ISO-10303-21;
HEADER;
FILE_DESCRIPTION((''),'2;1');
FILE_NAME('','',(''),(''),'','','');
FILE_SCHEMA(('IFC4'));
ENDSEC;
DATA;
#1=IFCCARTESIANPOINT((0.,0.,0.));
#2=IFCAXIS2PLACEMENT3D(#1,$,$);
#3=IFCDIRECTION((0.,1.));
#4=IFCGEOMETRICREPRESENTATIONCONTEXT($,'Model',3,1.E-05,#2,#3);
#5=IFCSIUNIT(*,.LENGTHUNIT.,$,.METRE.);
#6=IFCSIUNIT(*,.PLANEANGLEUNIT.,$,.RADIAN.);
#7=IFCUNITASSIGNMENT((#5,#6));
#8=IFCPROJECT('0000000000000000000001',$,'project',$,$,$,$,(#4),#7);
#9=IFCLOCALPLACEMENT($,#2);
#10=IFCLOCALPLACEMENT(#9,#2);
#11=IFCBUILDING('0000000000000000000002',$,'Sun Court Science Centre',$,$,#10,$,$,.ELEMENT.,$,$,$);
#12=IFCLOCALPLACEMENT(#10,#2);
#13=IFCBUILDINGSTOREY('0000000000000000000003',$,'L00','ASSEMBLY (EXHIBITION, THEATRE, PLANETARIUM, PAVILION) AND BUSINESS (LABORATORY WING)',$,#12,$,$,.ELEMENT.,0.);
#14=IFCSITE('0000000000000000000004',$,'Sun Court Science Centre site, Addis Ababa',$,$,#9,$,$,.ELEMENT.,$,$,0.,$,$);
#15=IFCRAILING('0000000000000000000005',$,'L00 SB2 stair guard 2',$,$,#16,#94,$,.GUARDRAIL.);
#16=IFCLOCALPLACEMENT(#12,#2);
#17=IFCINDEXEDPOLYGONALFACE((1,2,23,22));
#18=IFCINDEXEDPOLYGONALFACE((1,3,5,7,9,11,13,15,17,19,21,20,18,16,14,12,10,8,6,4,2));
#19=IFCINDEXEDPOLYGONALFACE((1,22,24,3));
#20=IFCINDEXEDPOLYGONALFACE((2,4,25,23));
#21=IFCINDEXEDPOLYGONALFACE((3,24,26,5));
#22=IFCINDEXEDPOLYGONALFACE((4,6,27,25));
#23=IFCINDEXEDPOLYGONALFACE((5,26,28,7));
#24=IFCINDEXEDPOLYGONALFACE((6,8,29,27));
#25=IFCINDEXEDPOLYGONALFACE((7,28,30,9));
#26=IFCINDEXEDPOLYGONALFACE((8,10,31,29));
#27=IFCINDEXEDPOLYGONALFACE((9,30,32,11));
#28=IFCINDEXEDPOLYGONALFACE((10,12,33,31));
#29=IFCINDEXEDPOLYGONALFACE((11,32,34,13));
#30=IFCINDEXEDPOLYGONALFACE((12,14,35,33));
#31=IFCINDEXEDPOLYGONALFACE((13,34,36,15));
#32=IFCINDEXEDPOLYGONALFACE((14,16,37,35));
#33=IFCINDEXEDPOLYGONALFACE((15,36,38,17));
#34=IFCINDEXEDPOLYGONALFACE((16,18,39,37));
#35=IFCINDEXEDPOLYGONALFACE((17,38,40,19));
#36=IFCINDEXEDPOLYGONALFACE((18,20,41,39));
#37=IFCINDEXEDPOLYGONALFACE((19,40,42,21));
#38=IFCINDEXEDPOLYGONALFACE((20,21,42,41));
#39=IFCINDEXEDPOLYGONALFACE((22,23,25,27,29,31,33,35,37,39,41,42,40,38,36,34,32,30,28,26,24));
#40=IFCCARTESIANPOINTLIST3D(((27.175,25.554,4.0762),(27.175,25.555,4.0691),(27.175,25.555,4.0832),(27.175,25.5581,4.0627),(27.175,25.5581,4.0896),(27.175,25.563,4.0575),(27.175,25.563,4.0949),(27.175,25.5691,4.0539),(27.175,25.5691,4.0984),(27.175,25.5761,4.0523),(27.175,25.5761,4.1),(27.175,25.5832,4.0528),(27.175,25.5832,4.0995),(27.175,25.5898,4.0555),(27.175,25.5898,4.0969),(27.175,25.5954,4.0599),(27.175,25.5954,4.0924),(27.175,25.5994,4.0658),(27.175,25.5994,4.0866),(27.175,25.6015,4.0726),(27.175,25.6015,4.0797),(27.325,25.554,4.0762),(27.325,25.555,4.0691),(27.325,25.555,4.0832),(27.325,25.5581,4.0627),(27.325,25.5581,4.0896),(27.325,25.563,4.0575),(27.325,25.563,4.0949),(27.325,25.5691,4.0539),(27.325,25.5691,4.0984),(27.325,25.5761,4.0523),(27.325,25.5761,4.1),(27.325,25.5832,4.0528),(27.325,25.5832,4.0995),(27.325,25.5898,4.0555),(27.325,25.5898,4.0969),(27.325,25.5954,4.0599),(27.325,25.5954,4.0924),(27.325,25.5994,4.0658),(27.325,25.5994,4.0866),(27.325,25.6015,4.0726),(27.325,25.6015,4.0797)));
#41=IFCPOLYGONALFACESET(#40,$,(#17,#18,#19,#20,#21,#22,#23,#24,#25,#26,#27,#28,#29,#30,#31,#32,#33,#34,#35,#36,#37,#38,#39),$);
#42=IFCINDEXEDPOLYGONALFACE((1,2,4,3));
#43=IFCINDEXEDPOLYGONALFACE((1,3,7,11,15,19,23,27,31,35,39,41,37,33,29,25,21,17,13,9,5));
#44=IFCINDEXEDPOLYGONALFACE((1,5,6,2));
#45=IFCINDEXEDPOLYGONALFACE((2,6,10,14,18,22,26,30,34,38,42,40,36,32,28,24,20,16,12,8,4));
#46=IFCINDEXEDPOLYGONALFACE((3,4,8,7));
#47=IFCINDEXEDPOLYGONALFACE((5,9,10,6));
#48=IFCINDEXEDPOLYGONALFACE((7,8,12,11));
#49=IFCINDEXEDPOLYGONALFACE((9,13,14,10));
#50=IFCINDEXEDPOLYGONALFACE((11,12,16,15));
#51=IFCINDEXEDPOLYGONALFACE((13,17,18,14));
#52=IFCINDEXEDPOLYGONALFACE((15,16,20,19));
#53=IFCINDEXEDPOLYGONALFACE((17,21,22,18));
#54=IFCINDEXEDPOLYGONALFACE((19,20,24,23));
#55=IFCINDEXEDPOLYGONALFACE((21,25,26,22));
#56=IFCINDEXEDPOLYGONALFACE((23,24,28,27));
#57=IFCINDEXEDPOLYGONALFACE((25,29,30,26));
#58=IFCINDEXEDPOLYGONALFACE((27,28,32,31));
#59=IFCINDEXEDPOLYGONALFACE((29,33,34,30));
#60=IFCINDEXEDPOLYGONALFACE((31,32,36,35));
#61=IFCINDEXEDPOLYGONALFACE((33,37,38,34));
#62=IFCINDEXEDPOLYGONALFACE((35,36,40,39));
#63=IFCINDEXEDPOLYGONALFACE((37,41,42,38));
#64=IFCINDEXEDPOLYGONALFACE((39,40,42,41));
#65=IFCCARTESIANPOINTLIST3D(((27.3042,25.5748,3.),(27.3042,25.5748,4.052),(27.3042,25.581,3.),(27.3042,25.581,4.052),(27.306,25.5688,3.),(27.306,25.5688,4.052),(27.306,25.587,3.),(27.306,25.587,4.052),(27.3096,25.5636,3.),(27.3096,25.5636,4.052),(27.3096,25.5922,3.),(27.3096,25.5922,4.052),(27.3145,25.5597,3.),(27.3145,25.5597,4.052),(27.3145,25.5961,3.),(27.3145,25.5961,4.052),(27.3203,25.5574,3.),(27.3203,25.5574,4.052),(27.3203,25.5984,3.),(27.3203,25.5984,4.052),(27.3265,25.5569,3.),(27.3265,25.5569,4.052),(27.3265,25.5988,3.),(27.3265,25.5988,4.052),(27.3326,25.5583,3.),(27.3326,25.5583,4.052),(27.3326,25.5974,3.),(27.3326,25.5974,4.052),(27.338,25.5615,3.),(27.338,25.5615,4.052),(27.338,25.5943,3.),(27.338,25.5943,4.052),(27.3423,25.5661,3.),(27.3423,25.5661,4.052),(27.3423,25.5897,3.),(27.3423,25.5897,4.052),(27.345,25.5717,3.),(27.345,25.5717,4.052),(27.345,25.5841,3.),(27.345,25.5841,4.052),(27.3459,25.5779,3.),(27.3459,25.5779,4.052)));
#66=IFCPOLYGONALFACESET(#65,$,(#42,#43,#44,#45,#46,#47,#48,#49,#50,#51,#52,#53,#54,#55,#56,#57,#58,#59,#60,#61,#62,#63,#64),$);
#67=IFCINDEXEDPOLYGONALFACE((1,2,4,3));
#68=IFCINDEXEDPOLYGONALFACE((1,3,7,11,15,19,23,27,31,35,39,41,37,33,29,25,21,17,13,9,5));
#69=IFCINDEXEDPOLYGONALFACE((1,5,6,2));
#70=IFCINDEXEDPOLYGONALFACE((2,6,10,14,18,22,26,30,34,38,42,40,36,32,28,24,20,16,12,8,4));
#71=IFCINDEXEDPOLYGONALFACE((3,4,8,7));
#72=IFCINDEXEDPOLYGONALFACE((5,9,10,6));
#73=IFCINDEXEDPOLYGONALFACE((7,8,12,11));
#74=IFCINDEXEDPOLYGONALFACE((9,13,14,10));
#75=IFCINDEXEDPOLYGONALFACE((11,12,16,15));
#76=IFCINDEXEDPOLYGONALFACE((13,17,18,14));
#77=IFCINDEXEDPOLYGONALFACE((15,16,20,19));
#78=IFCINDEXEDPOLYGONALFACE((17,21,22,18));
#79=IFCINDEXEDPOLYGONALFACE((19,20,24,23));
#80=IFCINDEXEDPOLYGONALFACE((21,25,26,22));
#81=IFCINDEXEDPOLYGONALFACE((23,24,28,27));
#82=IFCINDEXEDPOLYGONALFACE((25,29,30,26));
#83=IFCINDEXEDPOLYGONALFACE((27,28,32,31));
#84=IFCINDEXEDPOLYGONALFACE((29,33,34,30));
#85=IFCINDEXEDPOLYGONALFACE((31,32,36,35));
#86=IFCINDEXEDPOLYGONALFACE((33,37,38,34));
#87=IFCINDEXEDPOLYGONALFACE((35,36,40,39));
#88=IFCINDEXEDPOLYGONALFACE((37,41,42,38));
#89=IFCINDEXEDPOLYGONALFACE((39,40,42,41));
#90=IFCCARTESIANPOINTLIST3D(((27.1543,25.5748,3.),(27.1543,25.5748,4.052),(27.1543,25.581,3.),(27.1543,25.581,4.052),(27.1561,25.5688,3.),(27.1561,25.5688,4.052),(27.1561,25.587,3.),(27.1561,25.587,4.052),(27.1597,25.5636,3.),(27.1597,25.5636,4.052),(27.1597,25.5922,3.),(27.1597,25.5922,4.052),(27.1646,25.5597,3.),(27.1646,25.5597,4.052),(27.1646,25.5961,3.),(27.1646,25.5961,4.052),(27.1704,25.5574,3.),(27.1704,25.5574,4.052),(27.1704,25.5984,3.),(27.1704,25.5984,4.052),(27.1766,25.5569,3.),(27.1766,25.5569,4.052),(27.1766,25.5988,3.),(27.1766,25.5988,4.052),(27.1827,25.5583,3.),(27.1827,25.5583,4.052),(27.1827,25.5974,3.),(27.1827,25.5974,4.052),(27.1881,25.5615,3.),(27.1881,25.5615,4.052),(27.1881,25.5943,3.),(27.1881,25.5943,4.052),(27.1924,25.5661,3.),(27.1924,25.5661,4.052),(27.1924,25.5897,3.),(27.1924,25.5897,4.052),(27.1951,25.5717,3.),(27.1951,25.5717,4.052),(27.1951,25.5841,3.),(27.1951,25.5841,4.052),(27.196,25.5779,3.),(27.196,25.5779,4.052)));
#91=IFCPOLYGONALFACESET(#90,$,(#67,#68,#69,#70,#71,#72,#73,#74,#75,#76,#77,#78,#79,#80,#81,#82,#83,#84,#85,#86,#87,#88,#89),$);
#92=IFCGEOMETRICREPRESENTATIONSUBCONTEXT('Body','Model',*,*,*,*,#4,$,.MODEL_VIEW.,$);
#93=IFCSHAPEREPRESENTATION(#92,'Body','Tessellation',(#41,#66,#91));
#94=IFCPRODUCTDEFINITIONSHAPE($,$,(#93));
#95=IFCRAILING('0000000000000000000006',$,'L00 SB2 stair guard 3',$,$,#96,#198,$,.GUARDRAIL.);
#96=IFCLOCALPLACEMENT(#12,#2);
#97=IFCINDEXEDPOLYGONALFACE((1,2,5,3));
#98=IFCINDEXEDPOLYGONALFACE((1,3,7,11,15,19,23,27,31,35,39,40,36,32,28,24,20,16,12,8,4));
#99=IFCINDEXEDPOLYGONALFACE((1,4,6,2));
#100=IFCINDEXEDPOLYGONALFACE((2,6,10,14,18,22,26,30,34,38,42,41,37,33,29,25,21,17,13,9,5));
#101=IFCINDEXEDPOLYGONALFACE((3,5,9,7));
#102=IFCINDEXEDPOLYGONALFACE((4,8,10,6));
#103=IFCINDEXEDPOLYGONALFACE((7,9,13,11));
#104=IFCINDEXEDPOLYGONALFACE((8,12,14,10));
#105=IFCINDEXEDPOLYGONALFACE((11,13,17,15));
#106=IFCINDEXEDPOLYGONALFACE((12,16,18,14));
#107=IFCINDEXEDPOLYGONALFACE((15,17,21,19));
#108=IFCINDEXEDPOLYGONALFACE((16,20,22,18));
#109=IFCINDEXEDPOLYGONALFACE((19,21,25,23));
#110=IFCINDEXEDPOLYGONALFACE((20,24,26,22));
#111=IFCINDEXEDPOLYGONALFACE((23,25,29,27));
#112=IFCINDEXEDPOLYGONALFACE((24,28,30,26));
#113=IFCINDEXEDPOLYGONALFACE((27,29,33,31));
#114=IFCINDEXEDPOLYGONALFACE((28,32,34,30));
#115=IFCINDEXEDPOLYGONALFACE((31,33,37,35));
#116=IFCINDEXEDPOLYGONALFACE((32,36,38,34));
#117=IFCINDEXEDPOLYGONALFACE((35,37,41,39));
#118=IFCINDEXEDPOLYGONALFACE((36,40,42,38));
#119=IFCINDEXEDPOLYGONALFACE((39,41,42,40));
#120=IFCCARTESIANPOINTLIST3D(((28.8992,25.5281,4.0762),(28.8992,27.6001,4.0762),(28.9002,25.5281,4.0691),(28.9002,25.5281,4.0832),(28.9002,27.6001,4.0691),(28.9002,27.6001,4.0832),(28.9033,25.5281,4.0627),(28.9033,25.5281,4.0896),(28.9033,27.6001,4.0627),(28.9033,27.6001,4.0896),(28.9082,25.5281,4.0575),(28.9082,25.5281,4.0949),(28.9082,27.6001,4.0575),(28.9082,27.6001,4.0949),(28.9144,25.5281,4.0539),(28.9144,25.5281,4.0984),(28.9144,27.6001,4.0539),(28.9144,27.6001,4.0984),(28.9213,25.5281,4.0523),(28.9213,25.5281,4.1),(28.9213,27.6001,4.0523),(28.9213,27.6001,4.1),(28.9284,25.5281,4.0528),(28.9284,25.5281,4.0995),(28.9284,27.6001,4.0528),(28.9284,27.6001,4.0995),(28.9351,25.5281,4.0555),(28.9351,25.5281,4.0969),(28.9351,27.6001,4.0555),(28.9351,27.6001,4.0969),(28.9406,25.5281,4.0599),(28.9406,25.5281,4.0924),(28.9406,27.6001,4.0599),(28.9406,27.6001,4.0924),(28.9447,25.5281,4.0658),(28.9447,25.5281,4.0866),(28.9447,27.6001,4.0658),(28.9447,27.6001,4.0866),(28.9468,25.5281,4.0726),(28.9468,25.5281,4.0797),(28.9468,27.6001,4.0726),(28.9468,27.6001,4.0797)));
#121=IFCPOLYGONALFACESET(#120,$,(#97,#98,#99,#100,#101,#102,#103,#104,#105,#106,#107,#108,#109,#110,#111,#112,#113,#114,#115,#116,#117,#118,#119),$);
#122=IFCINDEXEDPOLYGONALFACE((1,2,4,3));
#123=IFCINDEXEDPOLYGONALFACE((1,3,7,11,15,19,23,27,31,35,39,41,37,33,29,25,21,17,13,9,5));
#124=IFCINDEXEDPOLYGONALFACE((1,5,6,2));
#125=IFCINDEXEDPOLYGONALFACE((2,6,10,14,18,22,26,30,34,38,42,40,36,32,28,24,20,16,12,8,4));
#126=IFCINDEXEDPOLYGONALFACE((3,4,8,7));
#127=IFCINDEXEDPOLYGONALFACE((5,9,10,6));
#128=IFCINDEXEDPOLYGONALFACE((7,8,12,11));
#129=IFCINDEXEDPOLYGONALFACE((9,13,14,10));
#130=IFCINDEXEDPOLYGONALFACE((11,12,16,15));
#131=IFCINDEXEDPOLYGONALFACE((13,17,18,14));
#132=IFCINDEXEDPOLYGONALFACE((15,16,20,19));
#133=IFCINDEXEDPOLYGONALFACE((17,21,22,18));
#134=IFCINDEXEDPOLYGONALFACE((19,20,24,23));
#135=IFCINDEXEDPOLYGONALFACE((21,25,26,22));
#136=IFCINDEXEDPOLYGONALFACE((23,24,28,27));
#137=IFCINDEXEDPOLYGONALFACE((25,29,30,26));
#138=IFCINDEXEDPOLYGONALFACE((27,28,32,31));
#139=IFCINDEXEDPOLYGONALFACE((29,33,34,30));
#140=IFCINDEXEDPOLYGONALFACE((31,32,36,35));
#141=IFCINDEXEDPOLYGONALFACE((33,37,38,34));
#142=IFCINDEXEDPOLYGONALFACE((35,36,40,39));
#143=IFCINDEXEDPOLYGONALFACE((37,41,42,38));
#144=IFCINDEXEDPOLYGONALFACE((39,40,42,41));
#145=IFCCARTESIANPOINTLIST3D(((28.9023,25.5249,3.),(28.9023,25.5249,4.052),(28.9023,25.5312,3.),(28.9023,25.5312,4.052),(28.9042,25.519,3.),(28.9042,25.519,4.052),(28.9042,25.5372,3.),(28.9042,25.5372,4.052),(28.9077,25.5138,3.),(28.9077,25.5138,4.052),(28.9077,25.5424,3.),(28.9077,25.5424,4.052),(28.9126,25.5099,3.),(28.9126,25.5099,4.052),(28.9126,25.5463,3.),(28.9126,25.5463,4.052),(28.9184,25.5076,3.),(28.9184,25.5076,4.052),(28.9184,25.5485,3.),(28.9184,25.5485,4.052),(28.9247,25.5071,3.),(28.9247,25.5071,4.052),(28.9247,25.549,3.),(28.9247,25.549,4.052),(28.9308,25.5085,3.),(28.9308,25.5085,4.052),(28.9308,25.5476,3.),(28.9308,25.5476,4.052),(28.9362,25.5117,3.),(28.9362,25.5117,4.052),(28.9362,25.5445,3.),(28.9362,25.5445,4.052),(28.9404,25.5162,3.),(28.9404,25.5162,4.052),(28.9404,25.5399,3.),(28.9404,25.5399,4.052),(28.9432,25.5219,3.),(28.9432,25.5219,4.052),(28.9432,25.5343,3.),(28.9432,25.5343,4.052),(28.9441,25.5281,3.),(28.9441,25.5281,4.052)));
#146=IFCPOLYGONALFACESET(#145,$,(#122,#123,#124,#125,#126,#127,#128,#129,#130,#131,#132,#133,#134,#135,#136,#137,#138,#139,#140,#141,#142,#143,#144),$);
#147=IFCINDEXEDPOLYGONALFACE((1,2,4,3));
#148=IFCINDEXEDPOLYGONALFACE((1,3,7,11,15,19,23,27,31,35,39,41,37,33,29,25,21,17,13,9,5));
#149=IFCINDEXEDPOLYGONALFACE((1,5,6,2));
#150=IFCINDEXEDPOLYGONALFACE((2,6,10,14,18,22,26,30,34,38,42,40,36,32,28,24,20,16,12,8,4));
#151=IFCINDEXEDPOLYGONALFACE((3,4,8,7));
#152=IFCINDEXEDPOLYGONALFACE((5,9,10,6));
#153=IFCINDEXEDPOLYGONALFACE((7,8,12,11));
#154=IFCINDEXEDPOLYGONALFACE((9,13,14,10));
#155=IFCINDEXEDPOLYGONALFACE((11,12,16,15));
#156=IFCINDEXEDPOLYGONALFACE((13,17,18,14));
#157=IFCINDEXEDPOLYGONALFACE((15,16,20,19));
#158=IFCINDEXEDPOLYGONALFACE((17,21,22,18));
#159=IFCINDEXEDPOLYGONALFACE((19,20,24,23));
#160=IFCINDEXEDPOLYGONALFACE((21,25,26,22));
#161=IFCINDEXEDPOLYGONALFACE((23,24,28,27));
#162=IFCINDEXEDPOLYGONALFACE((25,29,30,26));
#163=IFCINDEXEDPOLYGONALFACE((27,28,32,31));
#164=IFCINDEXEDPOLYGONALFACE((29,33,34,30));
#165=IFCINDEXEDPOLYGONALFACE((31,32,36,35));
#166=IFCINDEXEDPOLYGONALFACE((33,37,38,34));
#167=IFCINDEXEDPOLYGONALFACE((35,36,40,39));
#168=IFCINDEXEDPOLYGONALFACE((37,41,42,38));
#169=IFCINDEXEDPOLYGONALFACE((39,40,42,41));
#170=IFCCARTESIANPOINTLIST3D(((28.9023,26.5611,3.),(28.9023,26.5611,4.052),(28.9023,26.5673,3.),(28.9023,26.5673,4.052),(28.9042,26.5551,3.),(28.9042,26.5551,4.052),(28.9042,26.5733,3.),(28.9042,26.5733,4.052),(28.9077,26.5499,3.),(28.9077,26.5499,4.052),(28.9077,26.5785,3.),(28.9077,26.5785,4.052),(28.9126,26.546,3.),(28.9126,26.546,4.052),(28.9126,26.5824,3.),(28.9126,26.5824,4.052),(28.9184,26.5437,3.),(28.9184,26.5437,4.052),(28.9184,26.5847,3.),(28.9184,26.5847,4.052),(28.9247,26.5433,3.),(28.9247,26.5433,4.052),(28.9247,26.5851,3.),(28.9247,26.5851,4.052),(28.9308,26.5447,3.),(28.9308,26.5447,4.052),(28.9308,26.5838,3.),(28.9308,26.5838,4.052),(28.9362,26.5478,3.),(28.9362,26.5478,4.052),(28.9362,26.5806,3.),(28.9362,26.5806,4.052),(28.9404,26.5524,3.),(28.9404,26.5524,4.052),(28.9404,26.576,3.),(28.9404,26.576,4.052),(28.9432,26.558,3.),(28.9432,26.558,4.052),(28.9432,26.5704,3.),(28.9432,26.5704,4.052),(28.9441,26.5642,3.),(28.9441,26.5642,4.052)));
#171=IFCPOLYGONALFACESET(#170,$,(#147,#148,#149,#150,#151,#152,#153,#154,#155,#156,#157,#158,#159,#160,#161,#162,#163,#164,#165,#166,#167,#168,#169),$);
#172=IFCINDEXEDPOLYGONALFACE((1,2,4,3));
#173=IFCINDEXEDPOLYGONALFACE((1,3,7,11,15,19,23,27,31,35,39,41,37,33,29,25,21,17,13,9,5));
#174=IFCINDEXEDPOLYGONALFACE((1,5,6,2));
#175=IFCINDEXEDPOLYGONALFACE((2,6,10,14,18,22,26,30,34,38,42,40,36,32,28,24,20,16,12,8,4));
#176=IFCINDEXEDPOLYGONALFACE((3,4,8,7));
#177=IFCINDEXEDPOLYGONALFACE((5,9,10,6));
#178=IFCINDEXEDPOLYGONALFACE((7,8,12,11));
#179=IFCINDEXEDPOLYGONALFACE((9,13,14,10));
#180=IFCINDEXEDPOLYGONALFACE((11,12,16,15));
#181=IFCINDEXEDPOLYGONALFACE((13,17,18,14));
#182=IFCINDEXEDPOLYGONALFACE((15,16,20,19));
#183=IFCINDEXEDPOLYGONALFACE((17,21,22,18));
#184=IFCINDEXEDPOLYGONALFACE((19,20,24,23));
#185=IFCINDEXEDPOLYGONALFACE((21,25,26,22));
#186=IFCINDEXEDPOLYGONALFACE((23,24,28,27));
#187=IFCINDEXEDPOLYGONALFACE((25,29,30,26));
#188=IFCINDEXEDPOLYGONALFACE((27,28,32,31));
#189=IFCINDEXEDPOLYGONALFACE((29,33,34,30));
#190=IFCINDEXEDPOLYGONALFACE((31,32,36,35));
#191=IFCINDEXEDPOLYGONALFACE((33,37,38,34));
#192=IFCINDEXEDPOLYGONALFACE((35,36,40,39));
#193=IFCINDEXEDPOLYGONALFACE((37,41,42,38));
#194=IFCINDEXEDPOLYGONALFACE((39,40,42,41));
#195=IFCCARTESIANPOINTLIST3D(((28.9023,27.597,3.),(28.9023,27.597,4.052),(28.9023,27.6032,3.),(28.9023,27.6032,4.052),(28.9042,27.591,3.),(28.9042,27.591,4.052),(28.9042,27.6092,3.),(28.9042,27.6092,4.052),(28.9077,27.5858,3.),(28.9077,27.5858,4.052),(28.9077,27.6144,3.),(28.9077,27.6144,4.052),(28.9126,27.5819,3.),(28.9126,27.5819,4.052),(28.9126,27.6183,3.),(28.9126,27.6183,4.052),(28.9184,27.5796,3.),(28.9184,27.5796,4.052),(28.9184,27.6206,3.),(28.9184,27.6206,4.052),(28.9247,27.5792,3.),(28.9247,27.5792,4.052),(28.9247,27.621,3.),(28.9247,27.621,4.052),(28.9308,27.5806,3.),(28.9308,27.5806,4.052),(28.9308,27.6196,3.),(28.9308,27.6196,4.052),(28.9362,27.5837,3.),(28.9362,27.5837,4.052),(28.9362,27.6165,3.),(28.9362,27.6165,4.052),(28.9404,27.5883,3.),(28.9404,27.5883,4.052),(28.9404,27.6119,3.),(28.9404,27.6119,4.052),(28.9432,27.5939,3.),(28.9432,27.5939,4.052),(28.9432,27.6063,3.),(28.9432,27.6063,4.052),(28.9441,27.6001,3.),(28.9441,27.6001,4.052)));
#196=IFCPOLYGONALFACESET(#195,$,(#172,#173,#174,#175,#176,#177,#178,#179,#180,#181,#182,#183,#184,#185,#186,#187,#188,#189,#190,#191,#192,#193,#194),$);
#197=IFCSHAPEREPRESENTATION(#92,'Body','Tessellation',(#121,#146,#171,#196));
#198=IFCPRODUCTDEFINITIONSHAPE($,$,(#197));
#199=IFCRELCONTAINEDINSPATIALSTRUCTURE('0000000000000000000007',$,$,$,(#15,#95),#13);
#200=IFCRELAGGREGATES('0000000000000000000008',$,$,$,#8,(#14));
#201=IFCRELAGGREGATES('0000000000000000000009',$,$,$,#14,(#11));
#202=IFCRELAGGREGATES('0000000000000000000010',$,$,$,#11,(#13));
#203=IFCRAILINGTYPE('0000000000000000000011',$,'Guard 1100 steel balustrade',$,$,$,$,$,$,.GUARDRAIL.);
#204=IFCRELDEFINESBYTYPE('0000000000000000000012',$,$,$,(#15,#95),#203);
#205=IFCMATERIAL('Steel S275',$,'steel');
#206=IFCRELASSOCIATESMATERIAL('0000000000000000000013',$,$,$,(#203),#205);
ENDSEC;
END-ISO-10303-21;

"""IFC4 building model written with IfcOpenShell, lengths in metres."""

from ifc_helpers import new_model, si_unit, direction, frame, origin, origin_2d, place, context, subcontext, project, spatial, circle, extrude, material, type_object, element, save


model = new_model("IFC4")

# Units and contexts
model_context = context("Model", 3, precision=1e-05, world=origin(), true_north=direction((0.0, 1.0)))
body_context = subcontext(model_context, "Body", "Model", "MODEL_VIEW")
ifc_project = project(units=[si_unit("LENGTHUNIT", "METRE"), si_unit("PLANEANGLEUNIT", "RADIAN")], contexts=[model_context])

# Site, building, storey
site_placement = place(None, origin())
site = spatial("IfcSite", under=ifc_project, at=site_placement, Name="Sun Court Science Centre site, Addis Ababa", CompositionType="ELEMENT", RefElevation=0.0)
building_placement = place(site_placement, origin())
building = spatial("IfcBuilding", under=site, at=building_placement, Name="Sun Court Science Centre", CompositionType="ELEMENT")
storey_placement = place(building_placement, origin())
storey = spatial("IfcBuildingStorey", under=building, at=storey_placement, Name="L00", Description="ASSEMBLY (EXHIBITION, THEATRE, PLANETARIUM, PAVILION) AND BUSINESS (LABORATORY WING)", CompositionType="ELEMENT", Elevation=0.0)

# Railings
ifc_material_1 = material(Name="Steel S275", Category="steel")
railing_type_1 = type_object("IfcRailingType", Name="Guard 1100 steel balustrade", PredefinedType="GUARDRAIL", material=ifc_material_1)
railing_1_placement = place(storey_placement, frame((27.325, 25.5779, 3.0)))
element("IfcRailing", 1, at=railing_1_placement, inside=storey, type_object=railing_type_1, Name="L00 SB2 stair guard 2", PredefinedType="GUARDRAIL", context=body_context, shape_type="SweptSolid", body=[
    extrude(circle(Radius=0.0239, at=origin_2d()), frame((0.0, 0.0, 1.0762), z_axis=(-1.0, 0.0, 0.0), x_axis=(0.0, -1.0, 0.0)), (0.0, 0.0, 1.0), 0.1499),
    extrude(circle(Radius=0.021, at=origin_2d()), origin(), (0.0, 0.0, 1.0), 1.052),
    extrude(circle(Radius=0.021, at=origin_2d()), frame((-0.1499, 0.0, 0.0)), (0.0, 0.0, 1.0), 1.052),
])
for number, where, name in (
    (2, (28.9231, 25.5281, 3.0), "L00 SB2 stair guard 3"),
):
    element("IfcRailing", number, at=place(storey_placement, frame(where)), inside=storey, type_object=railing_type_1, Name=name, PredefinedType="GUARDRAIL", context=body_context, shape_type="SweptSolid", body=[
        extrude(circle(Radius=0.0239, at=origin_2d()), frame((0.0, 0.0, 1.0762), z_axis=(0.0, 1.0, 0.0), x_axis=(-1.0, 0.0, 0.0)), (0.0, 0.0, 1.0), 2.072),
        extrude(circle(Radius=0.021, at=origin_2d()), origin(), (0.0, 0.0, 1.0), 1.052),
        extrude(circle(Radius=0.021, at=origin_2d()), frame((0.0, 1.0361, 0.0)), (0.0, 0.0, 1.0), 1.052),
        extrude(circle(Radius=0.021, at=origin_2d()), frame((0.0, 2.072, 0.0)), (0.0, 0.0, 1.0), 1.052),
    ])

save(model, "model.ifc")
